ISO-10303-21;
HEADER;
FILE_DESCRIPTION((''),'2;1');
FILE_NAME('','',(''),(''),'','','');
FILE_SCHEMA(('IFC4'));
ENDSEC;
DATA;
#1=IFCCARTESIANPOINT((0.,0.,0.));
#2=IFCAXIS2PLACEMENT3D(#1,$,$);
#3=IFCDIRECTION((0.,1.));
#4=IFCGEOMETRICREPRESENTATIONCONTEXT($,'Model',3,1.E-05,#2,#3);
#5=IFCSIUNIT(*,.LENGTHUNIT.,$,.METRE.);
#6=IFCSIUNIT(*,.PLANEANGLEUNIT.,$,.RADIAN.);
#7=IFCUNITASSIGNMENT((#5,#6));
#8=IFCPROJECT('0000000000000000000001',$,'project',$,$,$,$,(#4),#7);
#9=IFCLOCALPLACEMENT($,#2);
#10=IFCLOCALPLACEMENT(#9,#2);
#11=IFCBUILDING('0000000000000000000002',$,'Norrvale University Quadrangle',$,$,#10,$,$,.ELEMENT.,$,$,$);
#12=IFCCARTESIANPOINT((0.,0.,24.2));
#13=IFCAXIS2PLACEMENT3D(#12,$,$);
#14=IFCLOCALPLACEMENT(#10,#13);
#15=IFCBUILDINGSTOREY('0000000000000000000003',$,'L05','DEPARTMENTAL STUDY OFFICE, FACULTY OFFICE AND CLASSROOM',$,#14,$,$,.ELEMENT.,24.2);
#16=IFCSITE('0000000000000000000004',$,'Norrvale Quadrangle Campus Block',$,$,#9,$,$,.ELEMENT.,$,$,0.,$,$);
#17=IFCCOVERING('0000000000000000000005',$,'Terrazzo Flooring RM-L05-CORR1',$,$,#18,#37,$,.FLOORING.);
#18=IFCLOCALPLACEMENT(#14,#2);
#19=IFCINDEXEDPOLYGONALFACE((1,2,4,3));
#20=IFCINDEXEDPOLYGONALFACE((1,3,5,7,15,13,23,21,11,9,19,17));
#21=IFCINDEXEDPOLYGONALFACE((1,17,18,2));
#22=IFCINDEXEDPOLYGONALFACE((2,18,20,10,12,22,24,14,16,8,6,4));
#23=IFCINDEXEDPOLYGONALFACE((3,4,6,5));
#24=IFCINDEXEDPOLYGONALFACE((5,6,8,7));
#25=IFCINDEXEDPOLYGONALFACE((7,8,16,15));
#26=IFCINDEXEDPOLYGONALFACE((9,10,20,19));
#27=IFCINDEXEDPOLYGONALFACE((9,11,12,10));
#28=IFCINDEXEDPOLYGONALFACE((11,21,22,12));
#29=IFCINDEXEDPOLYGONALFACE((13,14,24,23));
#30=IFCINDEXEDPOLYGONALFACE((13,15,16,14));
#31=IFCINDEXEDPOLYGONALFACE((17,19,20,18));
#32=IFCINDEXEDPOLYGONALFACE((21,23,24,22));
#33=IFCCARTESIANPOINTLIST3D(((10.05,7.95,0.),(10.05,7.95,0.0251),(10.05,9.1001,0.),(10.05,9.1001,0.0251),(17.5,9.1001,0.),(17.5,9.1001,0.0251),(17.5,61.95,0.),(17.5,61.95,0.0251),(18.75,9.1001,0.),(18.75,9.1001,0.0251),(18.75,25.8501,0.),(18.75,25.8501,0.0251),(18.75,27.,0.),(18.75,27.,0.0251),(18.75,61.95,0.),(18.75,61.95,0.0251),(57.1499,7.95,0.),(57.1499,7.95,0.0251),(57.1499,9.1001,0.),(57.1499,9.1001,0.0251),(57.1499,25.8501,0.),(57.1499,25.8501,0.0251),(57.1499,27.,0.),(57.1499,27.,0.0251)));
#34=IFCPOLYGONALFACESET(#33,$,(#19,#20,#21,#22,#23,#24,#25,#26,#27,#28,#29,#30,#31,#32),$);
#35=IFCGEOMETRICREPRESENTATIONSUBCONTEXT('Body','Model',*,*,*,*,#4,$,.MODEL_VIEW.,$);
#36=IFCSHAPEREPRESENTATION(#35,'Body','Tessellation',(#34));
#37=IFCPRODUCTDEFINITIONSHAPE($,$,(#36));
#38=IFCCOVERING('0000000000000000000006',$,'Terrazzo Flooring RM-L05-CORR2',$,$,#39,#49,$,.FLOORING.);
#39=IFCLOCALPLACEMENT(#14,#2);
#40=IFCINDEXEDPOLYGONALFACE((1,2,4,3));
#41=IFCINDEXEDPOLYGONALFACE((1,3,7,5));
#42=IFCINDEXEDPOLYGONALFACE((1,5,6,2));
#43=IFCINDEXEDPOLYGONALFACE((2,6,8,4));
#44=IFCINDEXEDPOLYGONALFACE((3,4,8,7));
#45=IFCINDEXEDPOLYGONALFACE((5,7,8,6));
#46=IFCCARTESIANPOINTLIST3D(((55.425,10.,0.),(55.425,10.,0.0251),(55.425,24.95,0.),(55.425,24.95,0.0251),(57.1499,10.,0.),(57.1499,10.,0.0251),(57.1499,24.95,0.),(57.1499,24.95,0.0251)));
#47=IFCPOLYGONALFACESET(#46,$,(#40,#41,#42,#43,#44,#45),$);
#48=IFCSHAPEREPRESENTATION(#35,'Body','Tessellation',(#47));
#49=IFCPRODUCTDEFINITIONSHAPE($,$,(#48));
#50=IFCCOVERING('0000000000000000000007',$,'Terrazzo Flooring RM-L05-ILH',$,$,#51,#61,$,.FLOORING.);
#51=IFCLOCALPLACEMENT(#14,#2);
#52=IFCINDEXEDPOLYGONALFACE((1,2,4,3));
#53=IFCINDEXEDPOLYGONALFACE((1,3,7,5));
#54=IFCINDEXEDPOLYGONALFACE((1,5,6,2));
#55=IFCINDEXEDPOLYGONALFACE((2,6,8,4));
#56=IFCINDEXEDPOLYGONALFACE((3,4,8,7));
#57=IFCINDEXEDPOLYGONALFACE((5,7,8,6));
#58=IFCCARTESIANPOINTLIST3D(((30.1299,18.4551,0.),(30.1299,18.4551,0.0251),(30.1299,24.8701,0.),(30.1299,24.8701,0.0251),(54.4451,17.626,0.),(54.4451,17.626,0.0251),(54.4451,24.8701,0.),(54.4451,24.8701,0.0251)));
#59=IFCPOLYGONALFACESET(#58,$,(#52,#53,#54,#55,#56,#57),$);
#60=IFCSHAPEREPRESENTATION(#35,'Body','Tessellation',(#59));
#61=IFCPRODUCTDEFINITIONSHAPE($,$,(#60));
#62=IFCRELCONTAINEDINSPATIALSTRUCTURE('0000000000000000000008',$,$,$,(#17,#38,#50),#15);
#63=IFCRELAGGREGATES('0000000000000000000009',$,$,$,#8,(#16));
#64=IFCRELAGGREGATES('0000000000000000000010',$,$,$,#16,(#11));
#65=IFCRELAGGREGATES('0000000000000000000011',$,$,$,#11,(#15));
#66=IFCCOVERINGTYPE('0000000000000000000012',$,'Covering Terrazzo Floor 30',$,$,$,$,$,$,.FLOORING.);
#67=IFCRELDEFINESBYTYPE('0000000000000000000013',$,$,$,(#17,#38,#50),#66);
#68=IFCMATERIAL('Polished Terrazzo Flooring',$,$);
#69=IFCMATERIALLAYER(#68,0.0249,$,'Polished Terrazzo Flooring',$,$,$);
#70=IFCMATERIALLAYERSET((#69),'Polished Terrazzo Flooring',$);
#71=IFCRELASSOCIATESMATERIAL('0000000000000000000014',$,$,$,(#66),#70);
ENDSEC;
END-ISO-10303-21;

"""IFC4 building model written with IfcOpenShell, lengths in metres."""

from ifc_helpers import new_model, si_unit, direction, frame, origin, place, context, subcontext, project, spatial, polyline, outline, extrude, material, layer, layer_set, type_object, element, save


model = new_model("IFC4")

# Units and contexts
model_context = context("Model", 3, precision=1e-05, world=origin(), true_north=direction((0.0, 1.0)))
body_context = subcontext(model_context, "Body", "Model", "MODEL_VIEW")
ifc_project = project(units=[si_unit("LENGTHUNIT", "METRE"), si_unit("PLANEANGLEUNIT", "RADIAN")], contexts=[model_context])

# Site, building, storey
site_placement = place(None, origin())
site = spatial("IfcSite", under=ifc_project, at=site_placement, Name="Norrvale Quadrangle Campus Block", CompositionType="ELEMENT", RefElevation=0.0)
building_placement = place(site_placement, origin())
building = spatial("IfcBuilding", under=site, at=building_placement, Name="Norrvale University Quadrangle", CompositionType="ELEMENT")
storey_placement = place(building_placement, frame((0.0, 0.0, 24.2)))
storey = spatial("IfcBuildingStorey", under=building, at=storey_placement, Name="L05", Description="DEPARTMENTAL STUDY OFFICE, FACULTY OFFICE AND CLASSROOM", CompositionType="ELEMENT", Elevation=24.2)

# Coverings
ifc_material_1 = material(Name="Polished Terrazzo Flooring")
ifc_layer_1 = layer(ifc_material_1, 0.0249, Name="Polished Terrazzo Flooring")
ifc_layer_set_1 = layer_set([ifc_layer_1], Name="Polished Terrazzo Flooring")
covering_type_1 = type_object("IfcCoveringType", Name="Covering Terrazzo Floor 30", PredefinedType="FLOORING", material=ifc_layer_set_1)
covering_1_placement = place(storey_placement, origin())
element("IfcCovering", 1, at=covering_1_placement, inside=storey, type_object=covering_type_1, Name="Terrazzo Flooring RM-L05-CORR1", PredefinedType="FLOORING", context=body_context, shape_type="SweptSolid", body=[
    extrude(outline(polyline([(10.05, 7.95), (10.05, 9.1001), (17.5, 9.1001), (17.5, 61.95), (18.75, 61.95), (18.75, 27.0), (57.1499, 27.0), (57.1499, 25.8501), (18.75, 25.8501), (18.75, 9.1001), (57.1499, 9.1001), (57.1499, 7.95), (10.05, 7.95)])), origin(), (0.0, 0.0, 1.0), 0.0251),
])
covering_2_placement = place(storey_placement, origin())
element("IfcCovering", 2, at=covering_2_placement, inside=storey, type_object=covering_type_1, Name="Terrazzo Flooring RM-L05-CORR2", PredefinedType="FLOORING", context=body_context, shape_type="SweptSolid", body=[
    extrude(outline(polyline([(55.425, 10.0), (55.425, 24.95), (57.1499, 24.95), (57.1499, 10.0), (55.425, 10.0)])), origin(), (0.0, 0.0, 1.0), 0.0251),
])
covering_3_placement = place(storey_placement, origin())
element("IfcCovering", 3, at=covering_3_placement, inside=storey, type_object=covering_type_1, Name="Terrazzo Flooring RM-L05-ILH", PredefinedType="FLOORING", context=body_context, shape_type="SweptSolid", body=[
    extrude(outline(polyline([(30.1299, 18.4551), (30.1299, 24.8701), (54.4451, 24.8701), (54.4451, 17.626), (30.1299, 18.4551)])), origin(), (0.0, 0.0, 1.0), 0.0251),
])

save(model, "model.ifc")
